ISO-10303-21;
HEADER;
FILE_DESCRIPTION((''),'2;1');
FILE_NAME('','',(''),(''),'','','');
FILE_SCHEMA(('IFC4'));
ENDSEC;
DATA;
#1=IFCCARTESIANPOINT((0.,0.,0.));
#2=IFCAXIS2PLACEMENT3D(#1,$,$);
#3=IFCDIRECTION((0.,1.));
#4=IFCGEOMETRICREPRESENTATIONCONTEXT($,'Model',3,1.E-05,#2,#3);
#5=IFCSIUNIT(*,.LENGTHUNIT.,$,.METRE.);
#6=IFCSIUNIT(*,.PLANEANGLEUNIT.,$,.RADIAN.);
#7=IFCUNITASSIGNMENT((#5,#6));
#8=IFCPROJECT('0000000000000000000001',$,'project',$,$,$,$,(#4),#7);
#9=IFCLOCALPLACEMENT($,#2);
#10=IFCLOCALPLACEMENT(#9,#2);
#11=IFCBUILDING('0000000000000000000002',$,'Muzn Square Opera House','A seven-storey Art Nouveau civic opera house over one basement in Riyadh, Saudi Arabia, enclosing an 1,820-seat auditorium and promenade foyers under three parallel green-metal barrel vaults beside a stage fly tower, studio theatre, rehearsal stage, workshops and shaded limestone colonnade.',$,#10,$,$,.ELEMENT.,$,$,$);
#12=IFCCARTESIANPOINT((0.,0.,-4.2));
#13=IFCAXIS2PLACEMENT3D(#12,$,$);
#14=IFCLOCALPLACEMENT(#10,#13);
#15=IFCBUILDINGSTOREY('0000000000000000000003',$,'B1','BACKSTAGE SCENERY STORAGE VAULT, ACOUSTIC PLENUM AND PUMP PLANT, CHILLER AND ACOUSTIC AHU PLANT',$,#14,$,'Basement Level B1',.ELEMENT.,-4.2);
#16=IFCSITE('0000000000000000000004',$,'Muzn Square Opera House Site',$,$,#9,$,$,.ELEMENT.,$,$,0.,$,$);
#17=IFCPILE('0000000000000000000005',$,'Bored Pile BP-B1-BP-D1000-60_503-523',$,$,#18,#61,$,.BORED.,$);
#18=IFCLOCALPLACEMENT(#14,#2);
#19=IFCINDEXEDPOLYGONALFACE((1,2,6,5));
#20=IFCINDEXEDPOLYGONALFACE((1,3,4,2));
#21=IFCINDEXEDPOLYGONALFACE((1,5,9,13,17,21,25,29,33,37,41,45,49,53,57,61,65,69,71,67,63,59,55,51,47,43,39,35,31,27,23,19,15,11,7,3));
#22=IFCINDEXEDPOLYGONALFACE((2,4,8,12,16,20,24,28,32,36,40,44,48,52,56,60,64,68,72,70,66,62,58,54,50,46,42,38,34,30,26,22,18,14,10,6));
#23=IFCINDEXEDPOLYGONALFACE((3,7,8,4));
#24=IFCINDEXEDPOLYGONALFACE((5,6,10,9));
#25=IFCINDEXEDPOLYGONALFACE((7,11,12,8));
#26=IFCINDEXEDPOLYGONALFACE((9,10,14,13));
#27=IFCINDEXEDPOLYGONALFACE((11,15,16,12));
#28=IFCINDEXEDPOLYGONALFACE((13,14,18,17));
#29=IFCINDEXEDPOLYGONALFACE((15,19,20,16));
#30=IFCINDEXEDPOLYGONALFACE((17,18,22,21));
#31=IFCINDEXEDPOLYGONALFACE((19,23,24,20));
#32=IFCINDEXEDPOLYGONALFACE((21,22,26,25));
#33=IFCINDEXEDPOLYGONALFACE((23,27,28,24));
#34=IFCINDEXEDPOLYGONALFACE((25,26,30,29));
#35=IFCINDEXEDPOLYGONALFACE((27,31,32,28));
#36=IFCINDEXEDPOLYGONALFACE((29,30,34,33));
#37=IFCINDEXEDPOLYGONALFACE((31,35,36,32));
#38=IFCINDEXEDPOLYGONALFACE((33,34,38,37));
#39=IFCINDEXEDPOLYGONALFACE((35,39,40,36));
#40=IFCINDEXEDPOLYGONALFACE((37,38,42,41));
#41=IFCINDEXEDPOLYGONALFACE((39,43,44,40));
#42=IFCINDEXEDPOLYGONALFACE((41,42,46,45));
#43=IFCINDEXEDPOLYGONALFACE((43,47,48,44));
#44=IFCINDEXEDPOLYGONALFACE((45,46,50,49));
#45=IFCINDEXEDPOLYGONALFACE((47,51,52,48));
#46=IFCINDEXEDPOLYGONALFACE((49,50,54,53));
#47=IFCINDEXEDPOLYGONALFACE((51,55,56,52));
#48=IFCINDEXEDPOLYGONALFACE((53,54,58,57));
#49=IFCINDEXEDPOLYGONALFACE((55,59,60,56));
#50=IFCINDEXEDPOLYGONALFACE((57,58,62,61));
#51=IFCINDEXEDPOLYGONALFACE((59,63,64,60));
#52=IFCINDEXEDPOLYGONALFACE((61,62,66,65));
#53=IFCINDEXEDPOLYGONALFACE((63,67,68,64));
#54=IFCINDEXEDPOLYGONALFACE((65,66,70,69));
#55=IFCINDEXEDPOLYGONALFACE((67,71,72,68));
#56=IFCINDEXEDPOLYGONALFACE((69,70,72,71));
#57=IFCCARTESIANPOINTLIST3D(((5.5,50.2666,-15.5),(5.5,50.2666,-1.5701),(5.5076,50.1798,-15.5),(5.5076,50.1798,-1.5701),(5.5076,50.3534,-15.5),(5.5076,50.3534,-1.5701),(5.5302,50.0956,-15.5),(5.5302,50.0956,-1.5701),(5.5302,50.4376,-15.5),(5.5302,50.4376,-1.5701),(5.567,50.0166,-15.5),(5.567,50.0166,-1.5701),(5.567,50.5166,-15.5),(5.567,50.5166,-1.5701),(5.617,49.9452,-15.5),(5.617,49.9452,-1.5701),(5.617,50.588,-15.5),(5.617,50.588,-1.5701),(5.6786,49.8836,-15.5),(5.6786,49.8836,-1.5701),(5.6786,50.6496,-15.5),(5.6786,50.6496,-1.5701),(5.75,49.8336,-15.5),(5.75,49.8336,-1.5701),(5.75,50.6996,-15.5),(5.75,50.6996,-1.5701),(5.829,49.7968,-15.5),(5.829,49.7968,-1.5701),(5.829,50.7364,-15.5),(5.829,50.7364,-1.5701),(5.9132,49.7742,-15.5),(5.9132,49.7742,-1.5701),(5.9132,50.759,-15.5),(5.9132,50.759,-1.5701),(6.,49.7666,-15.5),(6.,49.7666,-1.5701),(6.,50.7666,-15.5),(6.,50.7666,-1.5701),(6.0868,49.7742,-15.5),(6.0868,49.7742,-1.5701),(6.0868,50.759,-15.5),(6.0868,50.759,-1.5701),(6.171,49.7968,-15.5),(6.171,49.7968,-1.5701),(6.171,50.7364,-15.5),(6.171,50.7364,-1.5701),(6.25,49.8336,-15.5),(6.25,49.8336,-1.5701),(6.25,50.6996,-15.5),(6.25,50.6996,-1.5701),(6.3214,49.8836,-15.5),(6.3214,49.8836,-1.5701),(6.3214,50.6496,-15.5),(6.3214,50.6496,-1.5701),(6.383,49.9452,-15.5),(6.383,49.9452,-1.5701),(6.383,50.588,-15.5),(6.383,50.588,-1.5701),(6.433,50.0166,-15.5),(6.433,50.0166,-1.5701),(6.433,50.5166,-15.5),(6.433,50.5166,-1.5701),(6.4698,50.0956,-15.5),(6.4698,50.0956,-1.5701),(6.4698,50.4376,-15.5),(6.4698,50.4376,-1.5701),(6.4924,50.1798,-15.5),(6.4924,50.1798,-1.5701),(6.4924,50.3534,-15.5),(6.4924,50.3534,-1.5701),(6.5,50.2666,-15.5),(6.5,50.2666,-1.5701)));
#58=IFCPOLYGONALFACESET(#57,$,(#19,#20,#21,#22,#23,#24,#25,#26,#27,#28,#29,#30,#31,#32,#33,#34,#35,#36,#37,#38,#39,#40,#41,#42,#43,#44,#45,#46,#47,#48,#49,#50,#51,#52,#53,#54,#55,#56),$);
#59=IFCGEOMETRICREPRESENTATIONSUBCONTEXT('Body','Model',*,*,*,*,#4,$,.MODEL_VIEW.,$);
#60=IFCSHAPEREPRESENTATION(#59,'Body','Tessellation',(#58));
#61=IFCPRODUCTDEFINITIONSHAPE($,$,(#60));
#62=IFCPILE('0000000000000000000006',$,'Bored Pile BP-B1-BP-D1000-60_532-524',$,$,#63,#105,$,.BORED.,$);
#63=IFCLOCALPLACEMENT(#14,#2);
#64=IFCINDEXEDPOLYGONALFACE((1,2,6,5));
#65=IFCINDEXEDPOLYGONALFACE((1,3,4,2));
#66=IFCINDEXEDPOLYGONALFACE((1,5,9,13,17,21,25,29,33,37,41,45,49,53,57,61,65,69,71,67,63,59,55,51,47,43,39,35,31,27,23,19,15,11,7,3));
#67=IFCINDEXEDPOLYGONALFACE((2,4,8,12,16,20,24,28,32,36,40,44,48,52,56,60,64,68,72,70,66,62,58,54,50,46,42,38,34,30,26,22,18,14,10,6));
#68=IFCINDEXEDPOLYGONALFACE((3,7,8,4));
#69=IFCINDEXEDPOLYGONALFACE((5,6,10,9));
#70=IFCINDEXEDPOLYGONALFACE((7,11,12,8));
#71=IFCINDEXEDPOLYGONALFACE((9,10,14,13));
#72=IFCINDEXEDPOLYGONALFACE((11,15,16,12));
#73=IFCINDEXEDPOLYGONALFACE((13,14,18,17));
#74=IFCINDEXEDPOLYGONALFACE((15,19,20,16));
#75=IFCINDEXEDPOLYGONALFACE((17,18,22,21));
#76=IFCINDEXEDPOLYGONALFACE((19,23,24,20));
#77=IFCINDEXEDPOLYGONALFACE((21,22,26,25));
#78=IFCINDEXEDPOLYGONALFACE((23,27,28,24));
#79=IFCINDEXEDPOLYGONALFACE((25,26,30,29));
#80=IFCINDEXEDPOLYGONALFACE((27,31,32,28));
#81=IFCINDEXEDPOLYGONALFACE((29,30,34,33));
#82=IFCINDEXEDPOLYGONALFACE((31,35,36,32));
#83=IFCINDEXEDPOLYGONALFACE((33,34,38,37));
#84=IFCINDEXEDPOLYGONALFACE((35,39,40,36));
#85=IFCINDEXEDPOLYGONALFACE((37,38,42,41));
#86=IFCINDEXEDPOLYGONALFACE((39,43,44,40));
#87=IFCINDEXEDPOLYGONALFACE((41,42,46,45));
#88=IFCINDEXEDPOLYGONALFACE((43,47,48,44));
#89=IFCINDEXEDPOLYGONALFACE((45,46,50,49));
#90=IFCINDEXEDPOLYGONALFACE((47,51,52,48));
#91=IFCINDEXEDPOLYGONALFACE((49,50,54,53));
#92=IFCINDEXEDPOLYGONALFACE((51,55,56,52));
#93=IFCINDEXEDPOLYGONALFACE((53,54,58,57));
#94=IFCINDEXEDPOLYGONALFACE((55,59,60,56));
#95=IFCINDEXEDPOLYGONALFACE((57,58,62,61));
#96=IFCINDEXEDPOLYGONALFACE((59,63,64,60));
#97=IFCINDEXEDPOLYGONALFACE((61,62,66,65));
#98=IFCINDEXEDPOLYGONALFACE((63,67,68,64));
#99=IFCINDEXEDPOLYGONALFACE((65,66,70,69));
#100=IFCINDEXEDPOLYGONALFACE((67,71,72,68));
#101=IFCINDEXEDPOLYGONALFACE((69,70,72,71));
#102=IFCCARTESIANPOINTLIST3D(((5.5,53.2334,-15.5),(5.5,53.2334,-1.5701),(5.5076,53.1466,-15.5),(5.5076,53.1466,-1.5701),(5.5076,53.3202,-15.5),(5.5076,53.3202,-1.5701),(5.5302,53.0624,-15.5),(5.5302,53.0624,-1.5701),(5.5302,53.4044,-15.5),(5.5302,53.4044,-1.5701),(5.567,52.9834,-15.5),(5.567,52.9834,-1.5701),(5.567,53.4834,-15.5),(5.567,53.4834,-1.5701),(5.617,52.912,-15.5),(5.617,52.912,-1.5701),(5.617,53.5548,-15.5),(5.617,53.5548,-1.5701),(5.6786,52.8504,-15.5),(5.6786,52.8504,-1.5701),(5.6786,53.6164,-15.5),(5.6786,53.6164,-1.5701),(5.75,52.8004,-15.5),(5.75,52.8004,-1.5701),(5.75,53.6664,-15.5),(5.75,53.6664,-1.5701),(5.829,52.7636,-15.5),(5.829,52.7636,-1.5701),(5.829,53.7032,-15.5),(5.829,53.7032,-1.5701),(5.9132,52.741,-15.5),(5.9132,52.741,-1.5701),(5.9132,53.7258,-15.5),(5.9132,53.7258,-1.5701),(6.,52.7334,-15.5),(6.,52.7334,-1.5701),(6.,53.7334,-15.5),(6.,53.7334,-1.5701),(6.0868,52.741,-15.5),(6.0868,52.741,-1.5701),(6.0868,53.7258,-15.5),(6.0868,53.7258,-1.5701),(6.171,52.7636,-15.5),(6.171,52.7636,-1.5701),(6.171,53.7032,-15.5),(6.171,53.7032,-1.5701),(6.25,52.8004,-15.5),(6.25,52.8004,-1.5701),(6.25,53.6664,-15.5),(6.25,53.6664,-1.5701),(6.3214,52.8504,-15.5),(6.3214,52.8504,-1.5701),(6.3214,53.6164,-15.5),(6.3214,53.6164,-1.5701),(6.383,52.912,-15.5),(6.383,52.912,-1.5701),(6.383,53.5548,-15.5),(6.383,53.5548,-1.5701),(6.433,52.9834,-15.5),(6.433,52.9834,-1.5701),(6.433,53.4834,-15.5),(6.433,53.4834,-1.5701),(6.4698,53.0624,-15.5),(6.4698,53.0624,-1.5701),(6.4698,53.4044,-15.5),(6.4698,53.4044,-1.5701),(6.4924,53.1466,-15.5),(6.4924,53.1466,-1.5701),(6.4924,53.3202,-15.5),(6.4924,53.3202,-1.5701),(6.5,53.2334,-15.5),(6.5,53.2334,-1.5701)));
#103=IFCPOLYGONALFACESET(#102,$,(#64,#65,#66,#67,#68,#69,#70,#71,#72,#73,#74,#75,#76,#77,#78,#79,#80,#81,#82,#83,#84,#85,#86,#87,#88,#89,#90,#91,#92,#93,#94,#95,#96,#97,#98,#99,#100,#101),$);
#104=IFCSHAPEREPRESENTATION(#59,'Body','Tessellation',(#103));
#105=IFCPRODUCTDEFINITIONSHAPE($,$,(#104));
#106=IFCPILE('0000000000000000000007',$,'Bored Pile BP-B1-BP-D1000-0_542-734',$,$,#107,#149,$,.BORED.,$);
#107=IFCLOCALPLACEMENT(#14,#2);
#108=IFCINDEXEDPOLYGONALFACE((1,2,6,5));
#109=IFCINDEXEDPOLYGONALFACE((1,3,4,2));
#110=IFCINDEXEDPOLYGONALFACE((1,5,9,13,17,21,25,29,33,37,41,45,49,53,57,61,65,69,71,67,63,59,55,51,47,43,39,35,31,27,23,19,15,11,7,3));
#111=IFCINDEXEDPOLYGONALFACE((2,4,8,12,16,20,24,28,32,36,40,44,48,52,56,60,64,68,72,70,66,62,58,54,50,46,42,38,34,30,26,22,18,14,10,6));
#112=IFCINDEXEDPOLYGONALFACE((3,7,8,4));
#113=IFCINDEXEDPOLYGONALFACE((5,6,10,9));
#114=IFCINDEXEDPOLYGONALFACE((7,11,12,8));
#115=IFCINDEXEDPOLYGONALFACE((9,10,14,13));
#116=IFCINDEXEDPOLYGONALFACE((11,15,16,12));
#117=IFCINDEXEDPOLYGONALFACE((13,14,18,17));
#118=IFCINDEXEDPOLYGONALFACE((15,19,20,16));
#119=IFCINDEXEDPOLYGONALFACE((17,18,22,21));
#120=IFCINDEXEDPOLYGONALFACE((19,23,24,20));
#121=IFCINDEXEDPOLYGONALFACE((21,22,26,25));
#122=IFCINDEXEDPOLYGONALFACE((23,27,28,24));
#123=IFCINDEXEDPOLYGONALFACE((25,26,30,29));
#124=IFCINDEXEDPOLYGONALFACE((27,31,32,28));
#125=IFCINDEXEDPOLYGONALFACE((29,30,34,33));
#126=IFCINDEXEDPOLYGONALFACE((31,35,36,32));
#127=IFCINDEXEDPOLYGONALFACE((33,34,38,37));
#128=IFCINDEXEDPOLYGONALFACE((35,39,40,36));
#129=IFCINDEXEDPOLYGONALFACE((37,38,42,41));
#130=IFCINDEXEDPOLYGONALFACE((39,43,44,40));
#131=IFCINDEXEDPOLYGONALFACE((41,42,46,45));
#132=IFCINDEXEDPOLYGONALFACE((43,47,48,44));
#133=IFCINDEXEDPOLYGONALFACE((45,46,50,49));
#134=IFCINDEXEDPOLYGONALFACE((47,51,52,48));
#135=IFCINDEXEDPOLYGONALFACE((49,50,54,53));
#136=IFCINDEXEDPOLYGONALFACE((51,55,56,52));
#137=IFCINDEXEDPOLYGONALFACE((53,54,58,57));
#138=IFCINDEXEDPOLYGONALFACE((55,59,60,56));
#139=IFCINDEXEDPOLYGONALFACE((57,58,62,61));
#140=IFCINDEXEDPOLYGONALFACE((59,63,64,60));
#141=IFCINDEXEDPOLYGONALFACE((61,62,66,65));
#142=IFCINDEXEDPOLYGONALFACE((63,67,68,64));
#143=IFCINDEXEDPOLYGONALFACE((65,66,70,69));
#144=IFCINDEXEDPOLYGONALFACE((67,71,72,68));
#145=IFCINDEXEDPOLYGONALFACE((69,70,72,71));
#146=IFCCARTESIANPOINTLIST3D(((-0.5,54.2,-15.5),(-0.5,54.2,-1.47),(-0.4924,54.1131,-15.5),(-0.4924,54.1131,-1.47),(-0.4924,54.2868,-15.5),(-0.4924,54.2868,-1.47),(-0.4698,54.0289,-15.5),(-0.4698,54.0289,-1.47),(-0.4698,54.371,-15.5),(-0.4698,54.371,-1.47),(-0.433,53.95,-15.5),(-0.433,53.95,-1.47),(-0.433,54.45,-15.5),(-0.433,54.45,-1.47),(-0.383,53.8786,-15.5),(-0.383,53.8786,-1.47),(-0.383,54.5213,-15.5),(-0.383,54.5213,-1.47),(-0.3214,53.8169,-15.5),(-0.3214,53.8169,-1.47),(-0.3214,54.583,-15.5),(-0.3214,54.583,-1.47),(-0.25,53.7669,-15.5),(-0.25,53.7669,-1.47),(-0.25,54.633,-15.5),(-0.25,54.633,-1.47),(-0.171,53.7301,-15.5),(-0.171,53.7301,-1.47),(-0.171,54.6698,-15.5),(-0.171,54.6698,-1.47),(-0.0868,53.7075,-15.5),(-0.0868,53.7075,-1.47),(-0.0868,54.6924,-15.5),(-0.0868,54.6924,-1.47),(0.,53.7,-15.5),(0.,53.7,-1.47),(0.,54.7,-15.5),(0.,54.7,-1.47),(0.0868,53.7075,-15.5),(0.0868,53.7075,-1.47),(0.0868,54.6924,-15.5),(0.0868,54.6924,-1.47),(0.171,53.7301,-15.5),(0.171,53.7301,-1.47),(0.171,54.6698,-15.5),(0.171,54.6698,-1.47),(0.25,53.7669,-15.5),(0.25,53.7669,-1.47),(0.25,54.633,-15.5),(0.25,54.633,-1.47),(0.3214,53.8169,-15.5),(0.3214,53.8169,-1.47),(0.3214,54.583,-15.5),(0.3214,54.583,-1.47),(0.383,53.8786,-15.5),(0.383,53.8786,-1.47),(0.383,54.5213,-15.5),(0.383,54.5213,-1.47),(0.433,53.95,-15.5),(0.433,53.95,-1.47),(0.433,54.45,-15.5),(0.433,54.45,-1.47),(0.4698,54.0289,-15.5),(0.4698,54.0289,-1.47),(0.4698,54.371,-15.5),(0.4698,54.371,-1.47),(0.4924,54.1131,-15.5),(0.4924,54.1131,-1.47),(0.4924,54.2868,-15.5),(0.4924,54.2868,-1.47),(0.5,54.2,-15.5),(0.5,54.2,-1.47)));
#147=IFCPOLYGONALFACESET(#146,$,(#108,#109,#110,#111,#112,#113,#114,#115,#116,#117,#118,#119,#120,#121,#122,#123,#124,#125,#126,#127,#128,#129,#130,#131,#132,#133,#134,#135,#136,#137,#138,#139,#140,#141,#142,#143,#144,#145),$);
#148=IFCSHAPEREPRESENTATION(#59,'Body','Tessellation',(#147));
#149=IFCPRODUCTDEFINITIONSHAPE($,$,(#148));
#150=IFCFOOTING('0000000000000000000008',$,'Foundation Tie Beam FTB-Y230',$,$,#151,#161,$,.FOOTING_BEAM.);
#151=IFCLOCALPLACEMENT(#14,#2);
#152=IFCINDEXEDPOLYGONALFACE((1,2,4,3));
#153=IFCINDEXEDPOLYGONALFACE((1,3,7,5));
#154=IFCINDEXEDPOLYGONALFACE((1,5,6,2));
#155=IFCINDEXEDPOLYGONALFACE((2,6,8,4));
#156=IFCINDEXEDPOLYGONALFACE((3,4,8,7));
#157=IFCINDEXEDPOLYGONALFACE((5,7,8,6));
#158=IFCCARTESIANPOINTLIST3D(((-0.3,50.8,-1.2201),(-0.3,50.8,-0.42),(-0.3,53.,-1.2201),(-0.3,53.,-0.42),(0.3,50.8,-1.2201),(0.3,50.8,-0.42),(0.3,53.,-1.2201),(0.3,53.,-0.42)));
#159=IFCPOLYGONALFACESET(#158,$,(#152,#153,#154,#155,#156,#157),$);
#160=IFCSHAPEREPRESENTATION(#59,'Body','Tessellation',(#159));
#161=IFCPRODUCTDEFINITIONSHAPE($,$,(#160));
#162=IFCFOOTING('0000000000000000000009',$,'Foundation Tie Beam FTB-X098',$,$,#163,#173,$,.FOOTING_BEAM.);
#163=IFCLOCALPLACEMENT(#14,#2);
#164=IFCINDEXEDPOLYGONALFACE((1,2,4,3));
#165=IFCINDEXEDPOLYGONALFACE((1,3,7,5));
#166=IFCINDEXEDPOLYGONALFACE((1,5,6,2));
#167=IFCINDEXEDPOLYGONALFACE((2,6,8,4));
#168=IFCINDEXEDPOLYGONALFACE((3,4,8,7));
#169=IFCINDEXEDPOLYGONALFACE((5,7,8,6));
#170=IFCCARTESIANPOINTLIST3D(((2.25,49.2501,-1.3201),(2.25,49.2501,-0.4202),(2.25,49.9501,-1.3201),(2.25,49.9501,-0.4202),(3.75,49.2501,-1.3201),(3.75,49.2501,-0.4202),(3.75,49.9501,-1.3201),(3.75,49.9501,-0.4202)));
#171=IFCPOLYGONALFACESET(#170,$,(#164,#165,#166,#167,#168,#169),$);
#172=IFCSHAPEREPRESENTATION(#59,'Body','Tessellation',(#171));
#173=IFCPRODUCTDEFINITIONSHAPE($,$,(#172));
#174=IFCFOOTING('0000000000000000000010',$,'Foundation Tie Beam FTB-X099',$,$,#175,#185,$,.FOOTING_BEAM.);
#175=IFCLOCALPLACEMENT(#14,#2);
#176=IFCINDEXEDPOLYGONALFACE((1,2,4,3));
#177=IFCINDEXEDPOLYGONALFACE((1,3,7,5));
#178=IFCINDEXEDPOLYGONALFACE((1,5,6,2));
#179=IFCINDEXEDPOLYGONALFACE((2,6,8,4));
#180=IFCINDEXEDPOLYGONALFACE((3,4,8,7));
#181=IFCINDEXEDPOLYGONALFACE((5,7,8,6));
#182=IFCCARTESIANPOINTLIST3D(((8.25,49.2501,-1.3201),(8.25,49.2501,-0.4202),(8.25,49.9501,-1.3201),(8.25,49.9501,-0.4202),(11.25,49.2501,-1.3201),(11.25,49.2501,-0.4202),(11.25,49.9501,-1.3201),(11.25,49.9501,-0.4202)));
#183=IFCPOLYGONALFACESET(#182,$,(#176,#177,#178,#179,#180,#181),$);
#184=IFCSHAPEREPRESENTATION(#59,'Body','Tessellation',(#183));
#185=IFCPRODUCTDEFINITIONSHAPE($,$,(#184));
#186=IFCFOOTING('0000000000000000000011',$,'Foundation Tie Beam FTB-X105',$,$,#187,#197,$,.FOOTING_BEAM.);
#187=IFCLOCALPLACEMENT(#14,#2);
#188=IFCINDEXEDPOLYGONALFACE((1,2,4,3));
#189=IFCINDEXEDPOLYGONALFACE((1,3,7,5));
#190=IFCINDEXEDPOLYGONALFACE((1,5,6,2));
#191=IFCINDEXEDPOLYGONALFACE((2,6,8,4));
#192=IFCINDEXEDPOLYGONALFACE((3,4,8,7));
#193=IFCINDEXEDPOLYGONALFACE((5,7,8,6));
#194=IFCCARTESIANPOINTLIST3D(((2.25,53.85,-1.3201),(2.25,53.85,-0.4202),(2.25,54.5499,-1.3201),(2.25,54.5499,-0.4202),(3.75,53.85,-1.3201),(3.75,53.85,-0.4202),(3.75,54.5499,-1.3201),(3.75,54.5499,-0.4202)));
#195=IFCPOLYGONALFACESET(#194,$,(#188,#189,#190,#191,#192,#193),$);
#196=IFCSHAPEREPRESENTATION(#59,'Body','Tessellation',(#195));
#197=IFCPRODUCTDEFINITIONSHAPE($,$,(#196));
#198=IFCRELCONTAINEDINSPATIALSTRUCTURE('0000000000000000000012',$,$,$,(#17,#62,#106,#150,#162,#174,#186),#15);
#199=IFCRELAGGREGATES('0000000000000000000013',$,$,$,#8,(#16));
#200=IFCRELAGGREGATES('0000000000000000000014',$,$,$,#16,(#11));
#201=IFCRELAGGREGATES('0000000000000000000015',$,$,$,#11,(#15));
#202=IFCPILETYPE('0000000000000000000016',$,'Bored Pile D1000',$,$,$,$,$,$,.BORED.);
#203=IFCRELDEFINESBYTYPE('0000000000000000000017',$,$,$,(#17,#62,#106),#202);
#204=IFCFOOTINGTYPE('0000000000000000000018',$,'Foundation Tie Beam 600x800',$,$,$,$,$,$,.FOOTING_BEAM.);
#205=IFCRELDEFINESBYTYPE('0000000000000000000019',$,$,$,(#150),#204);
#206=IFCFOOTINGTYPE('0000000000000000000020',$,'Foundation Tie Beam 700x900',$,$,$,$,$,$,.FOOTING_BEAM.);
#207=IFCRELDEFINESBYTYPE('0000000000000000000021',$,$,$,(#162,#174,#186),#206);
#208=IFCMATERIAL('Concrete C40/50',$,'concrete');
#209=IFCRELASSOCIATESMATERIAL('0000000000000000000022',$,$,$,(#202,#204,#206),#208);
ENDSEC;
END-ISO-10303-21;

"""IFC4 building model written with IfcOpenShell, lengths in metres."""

from ifc_helpers import new_model, si_unit, direction, frame, origin, origin_2d, place, context, subcontext, project, spatial, rectangle, circle, extrude, material, material_profile, profile_set, type_object, element, save


model = new_model("IFC4")

# Units and contexts
model_context = context("Model", 3, precision=1e-05, world=origin(), true_north=direction((0.0, 1.0)))
body_context = subcontext(model_context, "Body", "Model", "MODEL_VIEW")
ifc_project = project(units=[si_unit("LENGTHUNIT", "METRE"), si_unit("PLANEANGLEUNIT", "RADIAN")], contexts=[model_context])

# Site, building, storey
site_placement = place(None, origin())
site = spatial("IfcSite", under=ifc_project, at=site_placement, Name="Muzn Square Opera House Site", CompositionType="ELEMENT", RefElevation=0.0)
building_placement = place(site_placement, origin())
building = spatial("IfcBuilding", under=site, at=building_placement, Name="Muzn Square Opera House", Description="A seven-storey Art Nouveau civic opera house over one basement in Riyadh, Saudi Arabia, enclosing an 1,820-seat auditorium and promenade foyers under three parallel green-metal barrel vaults beside a stage fly tower, studio theatre, rehearsal stage, workshops and shaded limestone colonnade.", CompositionType="ELEMENT")
storey_placement = place(building_placement, frame((0.0, 0.0, -4.2)))
storey = spatial("IfcBuildingStorey", under=building, at=storey_placement, Name="B1", Description="BACKSTAGE SCENERY STORAGE VAULT, ACOUSTIC PLENUM AND PUMP PLANT, CHILLER AND ACOUSTIC AHU PLANT", LongName="Basement Level B1", CompositionType="ELEMENT", Elevation=-4.2)

# Piles
ifc_material_1 = material(Name="Concrete C40/50", Category="concrete")
ifc_material_profile_1 = material_profile(ifc_material_1, circle(Radius=0.5, at=origin_2d()), Name="BORED PILE D1000", Category="concrete")
ifc_profile_set_1 = profile_set([ifc_material_profile_1], Name="Concrete C40/50")
pile_type = type_object("IfcPileType", Name="Bored Pile D1000", PredefinedType="BORED", material=ifc_profile_set_1)
for number, where, z_axis, x_axis, name in (
    (1, (6.0, 50.2666, -1.5701), (0.0, 0.0, -1.0), (1.0, 0.0, 0.0), "Bored Pile BP-B1-BP-D1000-60_503-523"),
    (2, (6.0, 53.2334, -1.5701), (0.0, 0.0, -1.0), (1.0, 0.0, 0.0), "Bored Pile BP-B1-BP-D1000-60_532-524"),
):
    element("IfcPile", number, at=place(storey_placement, frame(where, z_axis=z_axis, x_axis=x_axis)), inside=storey, type_object=pile_type, Name=name, PredefinedType="BORED", context=body_context, shape_type="SweptSolid", body=[
        extrude(circle(Radius=0.5, at=origin_2d()), origin(), (0.0, 0.0, 1.0), 13.9299),
    ])
pile_placement = place(storey_placement, frame((0.0, 54.2, -1.47), z_axis=(0.0, 0.0, -1.0), x_axis=(1.0, 0.0, 0.0)))
element("IfcPile", 3, at=pile_placement, inside=storey, type_object=pile_type, Name="Bored Pile BP-B1-BP-D1000-0_542-734", PredefinedType="BORED", context=body_context, shape_type="SweptSolid", body=[
    extrude(circle(Radius=0.5, at=origin_2d()), origin(), (0.0, 0.0, 1.0), 14.03),
])

# Footings
ifc_material_profile_2 = material_profile(ifc_material_1, rectangle(XDim=0.6001, YDim=0.8, at=origin_2d()), Name="RCTB 600x800", Category="concrete")
ifc_profile_set_2 = profile_set([ifc_material_profile_2], Name="Concrete C40/50")
footing_type_1 = type_object("IfcFootingType", Name="Foundation Tie Beam 600x800", PredefinedType="FOOTING_BEAM", material=ifc_profile_set_2)
footing_1_placement = place(storey_placement, frame((0.0, 50.8, -0.8201), z_axis=(0.0, 1.0, 0.0), x_axis=(-1.0, 0.0, 0.0)))
element("IfcFooting", 4, at=footing_1_placement, inside=storey, type_object=footing_type_1, Name="Foundation Tie Beam FTB-Y230", PredefinedType="FOOTING_BEAM", context=body_context, shape_type="SweptSolid", body=[
    extrude(rectangle(XDim=0.6001, YDim=0.8, at=origin_2d()), origin(), (0.0, 0.0, 1.0), 2.2),
])
ifc_material_profile_3 = material_profile(ifc_material_1, rectangle(XDim=0.7, YDim=0.8999, at=origin_2d()), Name="RCTB 700x900", Category="concrete")
ifc_profile_set_3 = profile_set([ifc_material_profile_3], Name="Concrete C40/50")
footing_type_2 = type_object("IfcFootingType", Name="Foundation Tie Beam 700x900", PredefinedType="FOOTING_BEAM", material=ifc_profile_set_3)
footing_2_placement = place(storey_placement, frame((2.25, 49.6001, -0.8701), z_axis=(1.0, 0.0, 0.0), x_axis=(0.0, 1.0, 0.0)))
element("IfcFooting", 5, at=footing_2_placement, inside=storey, type_object=footing_type_2, Name="Foundation Tie Beam FTB-X098", PredefinedType="FOOTING_BEAM", context=body_context, shape_type="SweptSolid", body=[
    extrude(rectangle(XDim=0.7, YDim=0.8999, at=origin_2d()), origin(), (0.0, 0.0, 1.0), 1.5),
])
footing_3_placement = place(storey_placement, frame((8.25, 49.6001, -0.8701), z_axis=(1.0, 0.0, 0.0), x_axis=(0.0, 1.0, 0.0)))
element("IfcFooting", 6, at=footing_3_placement, inside=storey, type_object=footing_type_2, Name="Foundation Tie Beam FTB-X099", PredefinedType="FOOTING_BEAM", context=body_context, shape_type="SweptSolid", body=[
    extrude(rectangle(XDim=0.7, YDim=0.8999, at=origin_2d()), origin(), (0.0, 0.0, 1.0), 3.0),
])
footing_4_placement = place(storey_placement, frame((2.25, 54.2, -0.8701), z_axis=(1.0, 0.0, 0.0), x_axis=(0.0, 1.0, 0.0)))
element("IfcFooting", 7, at=footing_4_placement, inside=storey, type_object=footing_type_2, Name="Foundation Tie Beam FTB-X105", PredefinedType="FOOTING_BEAM", context=body_context, shape_type="SweptSolid", body=[
    extrude(rectangle(XDim=0.7, YDim=0.8999, at=origin_2d()), origin(), (0.0, 0.0, 1.0), 1.5),
])

save(model, "model.ifc")
